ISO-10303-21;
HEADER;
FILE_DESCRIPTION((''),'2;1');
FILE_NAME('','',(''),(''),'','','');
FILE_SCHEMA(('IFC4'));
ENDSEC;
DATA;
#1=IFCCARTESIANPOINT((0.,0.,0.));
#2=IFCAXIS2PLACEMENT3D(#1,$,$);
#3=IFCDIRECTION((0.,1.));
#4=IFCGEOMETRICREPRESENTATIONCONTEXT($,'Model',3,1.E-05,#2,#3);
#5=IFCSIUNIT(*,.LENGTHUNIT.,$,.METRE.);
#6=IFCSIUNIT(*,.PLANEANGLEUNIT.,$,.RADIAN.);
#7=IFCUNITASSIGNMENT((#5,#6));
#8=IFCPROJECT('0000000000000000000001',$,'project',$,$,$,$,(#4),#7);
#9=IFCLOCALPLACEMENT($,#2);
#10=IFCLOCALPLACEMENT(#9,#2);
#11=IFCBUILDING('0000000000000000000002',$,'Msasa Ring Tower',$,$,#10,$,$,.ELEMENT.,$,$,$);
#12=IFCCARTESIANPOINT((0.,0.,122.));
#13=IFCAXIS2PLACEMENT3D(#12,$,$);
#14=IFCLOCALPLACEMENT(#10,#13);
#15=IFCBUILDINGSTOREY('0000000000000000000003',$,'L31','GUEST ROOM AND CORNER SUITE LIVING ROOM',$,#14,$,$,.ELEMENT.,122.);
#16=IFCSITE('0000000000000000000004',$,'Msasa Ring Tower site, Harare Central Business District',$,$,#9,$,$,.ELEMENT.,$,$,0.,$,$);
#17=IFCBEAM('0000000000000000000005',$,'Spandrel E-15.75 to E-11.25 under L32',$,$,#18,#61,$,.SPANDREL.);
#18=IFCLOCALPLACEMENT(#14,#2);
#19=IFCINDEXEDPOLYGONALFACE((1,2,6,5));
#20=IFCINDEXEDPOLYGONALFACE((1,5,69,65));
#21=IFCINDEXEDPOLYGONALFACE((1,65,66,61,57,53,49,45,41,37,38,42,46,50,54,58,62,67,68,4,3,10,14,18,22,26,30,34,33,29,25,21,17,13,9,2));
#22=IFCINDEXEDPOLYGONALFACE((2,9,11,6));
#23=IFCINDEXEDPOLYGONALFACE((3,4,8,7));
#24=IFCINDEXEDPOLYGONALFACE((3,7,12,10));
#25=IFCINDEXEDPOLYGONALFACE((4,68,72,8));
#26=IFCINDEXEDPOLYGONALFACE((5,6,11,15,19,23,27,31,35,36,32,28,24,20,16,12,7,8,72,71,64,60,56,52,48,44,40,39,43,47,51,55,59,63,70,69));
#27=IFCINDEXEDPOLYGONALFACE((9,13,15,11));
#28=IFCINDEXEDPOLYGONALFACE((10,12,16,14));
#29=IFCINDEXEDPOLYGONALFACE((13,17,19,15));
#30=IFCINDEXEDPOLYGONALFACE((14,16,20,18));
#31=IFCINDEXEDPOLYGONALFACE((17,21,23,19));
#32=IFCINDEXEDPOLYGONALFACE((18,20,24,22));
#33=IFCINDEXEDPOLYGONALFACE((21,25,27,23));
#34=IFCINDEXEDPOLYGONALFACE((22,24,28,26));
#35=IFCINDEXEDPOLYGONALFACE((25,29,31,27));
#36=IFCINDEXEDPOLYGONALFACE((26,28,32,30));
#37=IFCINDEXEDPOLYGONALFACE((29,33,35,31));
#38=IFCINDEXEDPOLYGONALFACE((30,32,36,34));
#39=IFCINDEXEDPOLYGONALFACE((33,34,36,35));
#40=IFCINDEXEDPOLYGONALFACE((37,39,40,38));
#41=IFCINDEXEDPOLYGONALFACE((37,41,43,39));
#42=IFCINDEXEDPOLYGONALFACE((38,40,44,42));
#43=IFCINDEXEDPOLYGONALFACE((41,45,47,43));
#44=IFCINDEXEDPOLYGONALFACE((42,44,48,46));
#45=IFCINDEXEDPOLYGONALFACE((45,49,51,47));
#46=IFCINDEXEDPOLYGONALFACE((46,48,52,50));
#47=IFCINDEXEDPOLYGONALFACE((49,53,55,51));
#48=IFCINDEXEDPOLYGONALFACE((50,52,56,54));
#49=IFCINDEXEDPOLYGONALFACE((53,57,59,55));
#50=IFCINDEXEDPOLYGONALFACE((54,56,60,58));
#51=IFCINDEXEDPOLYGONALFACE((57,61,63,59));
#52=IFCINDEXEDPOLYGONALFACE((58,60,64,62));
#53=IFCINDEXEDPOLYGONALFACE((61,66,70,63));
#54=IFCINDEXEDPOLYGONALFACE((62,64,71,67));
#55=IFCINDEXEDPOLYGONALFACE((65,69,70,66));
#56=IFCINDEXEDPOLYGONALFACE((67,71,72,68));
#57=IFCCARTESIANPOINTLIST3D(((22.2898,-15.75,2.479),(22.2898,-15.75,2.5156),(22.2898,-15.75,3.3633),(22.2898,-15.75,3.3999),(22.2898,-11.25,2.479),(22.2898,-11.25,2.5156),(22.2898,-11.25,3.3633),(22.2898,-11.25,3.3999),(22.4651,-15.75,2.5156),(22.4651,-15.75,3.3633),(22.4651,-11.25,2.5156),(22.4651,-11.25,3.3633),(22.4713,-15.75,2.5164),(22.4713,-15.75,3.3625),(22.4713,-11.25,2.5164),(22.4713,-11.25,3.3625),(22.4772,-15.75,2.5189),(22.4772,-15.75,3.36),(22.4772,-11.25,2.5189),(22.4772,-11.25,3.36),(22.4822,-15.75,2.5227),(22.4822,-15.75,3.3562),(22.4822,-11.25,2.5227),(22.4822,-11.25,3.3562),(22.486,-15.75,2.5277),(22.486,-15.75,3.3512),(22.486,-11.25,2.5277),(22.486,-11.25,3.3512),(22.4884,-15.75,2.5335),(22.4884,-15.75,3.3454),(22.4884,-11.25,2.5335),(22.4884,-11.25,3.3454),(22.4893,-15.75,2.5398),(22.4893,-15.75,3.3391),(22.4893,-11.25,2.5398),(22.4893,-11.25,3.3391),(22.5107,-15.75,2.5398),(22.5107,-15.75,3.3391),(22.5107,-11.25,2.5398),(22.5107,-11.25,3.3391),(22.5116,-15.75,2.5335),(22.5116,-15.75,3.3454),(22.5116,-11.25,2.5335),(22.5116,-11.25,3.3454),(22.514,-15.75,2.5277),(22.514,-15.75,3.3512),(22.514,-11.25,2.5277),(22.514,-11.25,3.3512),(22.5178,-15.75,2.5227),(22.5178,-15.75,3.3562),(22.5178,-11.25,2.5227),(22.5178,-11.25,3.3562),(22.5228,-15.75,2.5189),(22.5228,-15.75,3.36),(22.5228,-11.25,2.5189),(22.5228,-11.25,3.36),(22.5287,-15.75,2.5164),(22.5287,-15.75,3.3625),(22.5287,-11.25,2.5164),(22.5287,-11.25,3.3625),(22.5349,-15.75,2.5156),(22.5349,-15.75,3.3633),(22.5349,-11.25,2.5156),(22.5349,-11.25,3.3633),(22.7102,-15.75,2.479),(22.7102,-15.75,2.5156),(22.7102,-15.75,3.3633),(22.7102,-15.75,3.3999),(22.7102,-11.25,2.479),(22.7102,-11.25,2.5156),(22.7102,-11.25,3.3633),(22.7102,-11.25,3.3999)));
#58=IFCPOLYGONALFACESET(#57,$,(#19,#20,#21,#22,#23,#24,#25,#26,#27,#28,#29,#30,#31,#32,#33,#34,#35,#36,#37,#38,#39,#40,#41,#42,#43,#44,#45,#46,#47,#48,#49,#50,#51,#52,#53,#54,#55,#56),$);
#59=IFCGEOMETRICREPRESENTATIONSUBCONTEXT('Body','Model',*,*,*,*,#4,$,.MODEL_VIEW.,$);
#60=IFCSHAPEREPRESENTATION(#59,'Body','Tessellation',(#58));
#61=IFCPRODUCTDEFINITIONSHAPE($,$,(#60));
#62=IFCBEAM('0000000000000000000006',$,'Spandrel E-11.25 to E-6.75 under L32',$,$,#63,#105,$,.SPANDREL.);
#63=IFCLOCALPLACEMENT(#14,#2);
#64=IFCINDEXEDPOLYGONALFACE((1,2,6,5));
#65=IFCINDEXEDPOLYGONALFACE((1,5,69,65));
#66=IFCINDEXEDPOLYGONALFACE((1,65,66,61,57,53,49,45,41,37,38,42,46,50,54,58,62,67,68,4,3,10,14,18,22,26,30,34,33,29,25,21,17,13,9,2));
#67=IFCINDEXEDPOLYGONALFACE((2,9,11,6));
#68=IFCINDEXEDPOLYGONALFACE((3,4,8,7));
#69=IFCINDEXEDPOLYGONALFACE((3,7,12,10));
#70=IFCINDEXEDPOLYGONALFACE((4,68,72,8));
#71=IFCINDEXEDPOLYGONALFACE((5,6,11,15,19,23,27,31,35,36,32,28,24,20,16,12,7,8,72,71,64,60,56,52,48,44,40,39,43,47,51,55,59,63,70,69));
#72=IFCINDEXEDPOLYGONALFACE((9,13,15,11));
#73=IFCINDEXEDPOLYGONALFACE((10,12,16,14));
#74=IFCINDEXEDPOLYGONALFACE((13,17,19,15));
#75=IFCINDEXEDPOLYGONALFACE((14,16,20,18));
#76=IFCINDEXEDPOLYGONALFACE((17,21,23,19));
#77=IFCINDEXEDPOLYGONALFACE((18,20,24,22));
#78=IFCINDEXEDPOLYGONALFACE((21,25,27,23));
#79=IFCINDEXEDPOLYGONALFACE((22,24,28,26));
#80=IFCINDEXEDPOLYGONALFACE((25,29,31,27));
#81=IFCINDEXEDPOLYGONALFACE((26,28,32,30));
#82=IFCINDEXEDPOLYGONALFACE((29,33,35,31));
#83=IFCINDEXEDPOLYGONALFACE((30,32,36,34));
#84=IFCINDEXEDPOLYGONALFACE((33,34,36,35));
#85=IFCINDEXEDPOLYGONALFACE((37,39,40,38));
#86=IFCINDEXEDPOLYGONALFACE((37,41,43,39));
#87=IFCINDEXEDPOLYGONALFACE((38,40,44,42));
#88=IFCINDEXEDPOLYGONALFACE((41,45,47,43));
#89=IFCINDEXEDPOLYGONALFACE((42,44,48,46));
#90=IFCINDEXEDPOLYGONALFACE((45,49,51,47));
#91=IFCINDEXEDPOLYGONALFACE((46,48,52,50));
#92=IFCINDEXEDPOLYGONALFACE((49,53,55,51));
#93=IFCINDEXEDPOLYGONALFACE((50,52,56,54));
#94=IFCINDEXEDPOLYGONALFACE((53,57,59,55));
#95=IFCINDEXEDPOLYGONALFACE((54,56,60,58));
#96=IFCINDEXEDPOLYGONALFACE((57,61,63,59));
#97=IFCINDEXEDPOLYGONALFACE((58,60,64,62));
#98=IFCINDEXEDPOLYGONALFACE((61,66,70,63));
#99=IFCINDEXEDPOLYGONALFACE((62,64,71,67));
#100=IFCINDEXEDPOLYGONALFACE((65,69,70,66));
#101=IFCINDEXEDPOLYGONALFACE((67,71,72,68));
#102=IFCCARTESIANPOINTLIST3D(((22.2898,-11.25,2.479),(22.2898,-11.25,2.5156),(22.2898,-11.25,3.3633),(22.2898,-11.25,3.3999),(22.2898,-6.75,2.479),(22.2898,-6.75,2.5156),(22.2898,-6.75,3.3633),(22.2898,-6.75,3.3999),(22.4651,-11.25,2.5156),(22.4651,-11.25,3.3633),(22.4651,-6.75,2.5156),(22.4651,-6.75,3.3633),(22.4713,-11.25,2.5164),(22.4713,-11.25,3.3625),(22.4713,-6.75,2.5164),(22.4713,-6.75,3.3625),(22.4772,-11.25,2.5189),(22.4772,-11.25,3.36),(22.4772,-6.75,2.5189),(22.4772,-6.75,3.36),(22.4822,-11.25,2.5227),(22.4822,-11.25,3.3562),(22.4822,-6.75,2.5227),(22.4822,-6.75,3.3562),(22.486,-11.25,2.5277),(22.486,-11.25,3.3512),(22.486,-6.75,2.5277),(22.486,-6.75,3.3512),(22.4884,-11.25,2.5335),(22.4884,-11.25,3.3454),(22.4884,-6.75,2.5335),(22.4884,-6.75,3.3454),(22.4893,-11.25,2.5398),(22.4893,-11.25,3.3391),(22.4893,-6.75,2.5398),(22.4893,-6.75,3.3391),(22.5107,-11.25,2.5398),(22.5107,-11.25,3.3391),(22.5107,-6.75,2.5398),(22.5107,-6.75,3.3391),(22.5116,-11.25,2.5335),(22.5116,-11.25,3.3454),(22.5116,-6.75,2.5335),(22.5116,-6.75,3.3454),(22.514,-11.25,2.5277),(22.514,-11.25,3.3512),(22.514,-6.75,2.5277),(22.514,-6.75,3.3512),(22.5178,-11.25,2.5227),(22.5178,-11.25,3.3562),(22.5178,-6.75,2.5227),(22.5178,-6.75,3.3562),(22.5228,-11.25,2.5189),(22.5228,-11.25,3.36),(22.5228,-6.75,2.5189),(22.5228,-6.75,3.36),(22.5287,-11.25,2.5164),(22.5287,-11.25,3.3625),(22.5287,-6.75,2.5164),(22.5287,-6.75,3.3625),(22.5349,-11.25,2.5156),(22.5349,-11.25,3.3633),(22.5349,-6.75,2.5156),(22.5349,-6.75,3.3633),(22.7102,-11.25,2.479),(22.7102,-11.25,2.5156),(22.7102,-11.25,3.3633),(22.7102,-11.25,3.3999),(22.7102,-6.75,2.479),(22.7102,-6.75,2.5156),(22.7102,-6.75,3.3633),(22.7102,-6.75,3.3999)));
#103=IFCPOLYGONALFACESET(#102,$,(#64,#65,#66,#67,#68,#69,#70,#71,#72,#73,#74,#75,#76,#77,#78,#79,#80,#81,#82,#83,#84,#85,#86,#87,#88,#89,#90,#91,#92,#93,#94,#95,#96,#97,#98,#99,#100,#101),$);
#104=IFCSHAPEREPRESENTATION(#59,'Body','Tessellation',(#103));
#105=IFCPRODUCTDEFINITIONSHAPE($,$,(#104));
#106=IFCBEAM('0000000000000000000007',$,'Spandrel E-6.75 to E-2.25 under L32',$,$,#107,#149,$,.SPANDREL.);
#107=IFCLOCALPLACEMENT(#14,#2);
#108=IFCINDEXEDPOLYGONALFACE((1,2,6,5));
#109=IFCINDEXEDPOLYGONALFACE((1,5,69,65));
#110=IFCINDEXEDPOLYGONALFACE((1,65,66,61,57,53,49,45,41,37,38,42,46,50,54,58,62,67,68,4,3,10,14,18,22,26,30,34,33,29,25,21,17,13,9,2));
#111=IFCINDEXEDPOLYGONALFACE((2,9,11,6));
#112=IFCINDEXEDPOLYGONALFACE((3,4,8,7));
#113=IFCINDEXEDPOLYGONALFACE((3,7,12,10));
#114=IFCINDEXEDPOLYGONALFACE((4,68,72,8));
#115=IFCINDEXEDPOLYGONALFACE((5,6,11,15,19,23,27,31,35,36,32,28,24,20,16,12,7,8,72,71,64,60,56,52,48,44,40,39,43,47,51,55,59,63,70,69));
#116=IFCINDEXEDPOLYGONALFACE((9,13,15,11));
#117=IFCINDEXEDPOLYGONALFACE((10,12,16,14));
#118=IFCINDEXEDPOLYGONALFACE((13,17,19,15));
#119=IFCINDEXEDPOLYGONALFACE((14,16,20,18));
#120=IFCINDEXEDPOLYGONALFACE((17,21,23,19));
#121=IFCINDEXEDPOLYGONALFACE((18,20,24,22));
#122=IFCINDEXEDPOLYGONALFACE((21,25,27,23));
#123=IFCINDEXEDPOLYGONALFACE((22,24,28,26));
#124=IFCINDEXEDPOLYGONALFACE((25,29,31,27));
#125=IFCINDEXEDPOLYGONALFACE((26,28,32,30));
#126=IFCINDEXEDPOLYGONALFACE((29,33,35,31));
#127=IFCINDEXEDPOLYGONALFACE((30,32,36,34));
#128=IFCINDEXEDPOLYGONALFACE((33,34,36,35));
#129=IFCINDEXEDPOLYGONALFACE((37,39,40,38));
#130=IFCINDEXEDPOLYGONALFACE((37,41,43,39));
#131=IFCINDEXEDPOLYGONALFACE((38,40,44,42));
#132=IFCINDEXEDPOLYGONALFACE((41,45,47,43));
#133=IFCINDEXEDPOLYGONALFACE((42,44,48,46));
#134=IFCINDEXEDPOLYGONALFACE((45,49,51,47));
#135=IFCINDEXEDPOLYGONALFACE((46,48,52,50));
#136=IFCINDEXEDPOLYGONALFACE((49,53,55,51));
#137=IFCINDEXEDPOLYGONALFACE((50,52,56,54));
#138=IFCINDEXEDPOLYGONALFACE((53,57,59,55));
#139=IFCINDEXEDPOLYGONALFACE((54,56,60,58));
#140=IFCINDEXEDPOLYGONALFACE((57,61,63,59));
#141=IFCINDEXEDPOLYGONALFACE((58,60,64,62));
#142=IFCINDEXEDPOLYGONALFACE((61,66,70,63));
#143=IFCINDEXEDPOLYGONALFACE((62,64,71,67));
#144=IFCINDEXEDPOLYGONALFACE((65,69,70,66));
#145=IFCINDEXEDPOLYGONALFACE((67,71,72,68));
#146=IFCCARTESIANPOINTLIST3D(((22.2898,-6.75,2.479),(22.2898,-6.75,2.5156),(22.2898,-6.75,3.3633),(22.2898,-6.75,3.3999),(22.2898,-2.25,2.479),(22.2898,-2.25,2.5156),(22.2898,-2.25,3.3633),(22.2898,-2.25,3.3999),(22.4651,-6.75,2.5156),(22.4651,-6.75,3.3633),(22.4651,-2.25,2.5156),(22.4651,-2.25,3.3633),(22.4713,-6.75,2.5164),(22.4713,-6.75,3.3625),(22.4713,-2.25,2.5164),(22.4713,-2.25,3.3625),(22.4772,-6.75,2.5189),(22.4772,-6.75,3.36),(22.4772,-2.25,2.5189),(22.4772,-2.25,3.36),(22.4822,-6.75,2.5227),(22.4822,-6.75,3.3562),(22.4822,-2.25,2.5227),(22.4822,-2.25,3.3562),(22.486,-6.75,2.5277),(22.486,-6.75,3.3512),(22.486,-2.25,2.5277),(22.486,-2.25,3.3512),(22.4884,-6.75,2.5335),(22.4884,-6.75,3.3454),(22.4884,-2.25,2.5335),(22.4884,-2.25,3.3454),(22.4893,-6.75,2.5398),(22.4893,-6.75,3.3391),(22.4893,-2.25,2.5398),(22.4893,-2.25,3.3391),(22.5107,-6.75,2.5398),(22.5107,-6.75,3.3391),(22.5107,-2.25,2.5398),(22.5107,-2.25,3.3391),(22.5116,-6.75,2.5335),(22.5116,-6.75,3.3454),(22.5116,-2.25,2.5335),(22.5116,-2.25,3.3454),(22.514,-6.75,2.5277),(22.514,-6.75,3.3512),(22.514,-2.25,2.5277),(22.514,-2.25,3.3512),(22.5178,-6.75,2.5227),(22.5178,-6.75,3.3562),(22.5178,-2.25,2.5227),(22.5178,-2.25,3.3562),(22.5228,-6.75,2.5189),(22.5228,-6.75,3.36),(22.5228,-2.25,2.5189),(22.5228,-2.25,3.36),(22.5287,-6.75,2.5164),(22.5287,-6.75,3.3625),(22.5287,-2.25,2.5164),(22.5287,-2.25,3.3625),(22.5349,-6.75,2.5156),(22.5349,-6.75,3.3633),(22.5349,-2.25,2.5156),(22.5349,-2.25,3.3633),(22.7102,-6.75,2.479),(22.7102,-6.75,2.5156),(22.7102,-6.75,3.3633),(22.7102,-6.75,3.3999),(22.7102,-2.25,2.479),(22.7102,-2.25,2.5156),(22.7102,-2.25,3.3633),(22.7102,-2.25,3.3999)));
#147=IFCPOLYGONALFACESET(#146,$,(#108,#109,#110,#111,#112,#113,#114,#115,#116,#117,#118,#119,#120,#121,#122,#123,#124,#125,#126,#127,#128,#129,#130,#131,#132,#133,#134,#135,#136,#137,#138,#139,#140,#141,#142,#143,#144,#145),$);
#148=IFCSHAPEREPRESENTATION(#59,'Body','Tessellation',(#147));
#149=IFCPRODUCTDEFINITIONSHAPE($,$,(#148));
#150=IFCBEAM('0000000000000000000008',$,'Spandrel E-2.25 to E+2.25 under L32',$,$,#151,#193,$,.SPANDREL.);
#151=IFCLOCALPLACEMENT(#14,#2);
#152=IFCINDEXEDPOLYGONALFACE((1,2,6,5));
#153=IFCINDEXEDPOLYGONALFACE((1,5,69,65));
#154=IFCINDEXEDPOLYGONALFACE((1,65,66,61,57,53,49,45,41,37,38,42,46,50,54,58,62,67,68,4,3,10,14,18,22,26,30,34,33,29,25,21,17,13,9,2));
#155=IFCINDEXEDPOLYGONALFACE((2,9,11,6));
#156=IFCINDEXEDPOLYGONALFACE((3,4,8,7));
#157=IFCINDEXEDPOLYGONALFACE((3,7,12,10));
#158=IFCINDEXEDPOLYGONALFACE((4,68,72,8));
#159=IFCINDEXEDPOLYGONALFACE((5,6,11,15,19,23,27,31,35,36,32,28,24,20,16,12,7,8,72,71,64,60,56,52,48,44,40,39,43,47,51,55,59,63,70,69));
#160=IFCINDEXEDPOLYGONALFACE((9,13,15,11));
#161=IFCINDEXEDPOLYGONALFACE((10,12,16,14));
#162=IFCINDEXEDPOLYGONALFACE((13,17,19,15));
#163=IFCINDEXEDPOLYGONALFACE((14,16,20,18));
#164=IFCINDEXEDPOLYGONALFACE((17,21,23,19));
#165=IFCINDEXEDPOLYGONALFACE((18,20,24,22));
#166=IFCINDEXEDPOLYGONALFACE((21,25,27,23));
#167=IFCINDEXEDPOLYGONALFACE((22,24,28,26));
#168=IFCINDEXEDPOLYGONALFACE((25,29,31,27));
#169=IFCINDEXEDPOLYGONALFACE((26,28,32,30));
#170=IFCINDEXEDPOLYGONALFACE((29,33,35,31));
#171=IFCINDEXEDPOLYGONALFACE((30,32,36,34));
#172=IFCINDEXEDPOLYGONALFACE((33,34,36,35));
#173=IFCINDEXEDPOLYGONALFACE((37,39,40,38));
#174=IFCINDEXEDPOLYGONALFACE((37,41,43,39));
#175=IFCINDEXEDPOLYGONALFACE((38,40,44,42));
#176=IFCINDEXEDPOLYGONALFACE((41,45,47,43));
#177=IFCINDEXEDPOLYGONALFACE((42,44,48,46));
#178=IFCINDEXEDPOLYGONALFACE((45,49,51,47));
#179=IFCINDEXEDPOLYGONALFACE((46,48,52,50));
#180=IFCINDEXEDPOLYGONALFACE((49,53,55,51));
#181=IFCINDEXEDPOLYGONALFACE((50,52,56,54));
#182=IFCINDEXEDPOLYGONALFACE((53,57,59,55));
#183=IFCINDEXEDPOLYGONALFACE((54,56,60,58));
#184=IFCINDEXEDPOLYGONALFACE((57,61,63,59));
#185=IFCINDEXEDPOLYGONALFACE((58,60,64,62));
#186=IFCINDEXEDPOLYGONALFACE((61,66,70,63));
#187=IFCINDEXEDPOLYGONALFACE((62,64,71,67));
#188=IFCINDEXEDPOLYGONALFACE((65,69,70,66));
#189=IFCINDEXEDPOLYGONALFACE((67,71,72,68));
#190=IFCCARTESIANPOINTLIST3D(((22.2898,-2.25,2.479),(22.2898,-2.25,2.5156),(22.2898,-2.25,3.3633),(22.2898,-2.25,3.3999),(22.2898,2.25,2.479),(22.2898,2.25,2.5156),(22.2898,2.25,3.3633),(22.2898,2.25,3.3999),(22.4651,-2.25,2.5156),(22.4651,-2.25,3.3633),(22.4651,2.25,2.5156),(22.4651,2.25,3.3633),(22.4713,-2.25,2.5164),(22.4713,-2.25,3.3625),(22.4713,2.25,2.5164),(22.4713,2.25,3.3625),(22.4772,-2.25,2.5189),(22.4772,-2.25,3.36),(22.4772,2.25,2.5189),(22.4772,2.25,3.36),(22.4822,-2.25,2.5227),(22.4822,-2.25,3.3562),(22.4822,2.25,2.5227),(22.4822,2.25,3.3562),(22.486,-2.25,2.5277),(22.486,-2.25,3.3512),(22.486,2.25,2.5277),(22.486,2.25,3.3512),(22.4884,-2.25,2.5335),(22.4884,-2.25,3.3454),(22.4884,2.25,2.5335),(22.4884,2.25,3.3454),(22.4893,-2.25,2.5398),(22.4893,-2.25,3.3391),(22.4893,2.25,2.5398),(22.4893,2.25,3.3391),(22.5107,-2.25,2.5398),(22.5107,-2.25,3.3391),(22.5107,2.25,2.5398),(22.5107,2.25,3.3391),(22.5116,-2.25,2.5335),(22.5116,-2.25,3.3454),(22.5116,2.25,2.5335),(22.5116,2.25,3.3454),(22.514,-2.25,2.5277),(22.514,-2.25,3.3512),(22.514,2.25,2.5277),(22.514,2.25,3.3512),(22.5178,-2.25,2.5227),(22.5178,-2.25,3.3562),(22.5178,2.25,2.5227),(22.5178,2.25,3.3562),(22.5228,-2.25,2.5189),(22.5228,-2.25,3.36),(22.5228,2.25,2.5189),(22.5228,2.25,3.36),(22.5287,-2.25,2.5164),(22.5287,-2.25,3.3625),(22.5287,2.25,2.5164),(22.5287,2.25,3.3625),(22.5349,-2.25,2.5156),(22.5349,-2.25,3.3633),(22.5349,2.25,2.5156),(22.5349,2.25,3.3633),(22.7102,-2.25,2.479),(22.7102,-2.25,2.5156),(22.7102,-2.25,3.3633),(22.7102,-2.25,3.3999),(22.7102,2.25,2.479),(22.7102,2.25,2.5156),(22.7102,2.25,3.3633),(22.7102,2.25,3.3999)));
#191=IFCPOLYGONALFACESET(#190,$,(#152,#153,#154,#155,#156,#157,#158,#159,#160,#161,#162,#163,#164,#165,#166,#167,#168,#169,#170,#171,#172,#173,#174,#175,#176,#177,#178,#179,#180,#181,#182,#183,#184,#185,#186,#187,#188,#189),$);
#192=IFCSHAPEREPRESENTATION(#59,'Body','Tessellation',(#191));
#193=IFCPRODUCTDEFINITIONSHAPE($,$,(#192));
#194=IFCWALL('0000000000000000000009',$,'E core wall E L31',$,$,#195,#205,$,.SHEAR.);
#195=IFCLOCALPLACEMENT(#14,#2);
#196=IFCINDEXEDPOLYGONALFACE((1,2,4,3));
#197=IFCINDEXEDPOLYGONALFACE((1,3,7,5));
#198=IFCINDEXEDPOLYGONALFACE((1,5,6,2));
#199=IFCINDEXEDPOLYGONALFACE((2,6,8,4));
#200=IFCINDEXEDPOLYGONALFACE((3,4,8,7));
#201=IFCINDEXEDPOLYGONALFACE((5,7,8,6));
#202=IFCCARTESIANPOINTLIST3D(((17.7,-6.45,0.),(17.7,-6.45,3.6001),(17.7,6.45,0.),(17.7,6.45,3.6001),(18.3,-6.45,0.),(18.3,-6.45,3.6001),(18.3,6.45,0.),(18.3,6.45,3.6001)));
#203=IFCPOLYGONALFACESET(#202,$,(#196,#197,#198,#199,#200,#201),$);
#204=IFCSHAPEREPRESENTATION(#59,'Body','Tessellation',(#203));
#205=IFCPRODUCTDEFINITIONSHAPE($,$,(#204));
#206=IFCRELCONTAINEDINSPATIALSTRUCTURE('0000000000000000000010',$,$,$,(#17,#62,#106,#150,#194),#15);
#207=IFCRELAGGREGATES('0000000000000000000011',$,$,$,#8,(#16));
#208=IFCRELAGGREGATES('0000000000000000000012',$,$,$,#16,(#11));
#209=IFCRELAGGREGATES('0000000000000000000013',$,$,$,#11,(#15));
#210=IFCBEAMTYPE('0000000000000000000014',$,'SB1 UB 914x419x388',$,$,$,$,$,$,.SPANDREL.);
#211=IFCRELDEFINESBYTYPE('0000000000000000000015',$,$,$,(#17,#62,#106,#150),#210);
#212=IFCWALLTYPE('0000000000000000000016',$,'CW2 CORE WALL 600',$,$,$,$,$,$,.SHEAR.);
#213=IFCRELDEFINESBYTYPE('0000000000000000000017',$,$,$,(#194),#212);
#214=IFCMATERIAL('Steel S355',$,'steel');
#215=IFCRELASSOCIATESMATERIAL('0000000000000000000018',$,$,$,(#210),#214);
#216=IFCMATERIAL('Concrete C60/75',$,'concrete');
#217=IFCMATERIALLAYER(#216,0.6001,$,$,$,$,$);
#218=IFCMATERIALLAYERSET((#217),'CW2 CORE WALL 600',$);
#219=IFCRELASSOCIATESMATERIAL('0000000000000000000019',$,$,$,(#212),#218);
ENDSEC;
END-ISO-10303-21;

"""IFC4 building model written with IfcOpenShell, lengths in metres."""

from ifc_helpers import new_model, si_unit, direction, frame, frame_2d, origin, origin_2d, place, context, subcontext, project, spatial, rectangle, i_section, extrude, material, layer, layer_set, material_profile, profile_set, type_object, element, save


model = new_model("IFC4")

# Units and contexts
model_context = context("Model", 3, precision=1e-05, world=origin(), true_north=direction((0.0, 1.0)))
body_context = subcontext(model_context, "Body", "Model", "MODEL_VIEW")
ifc_project = project(units=[si_unit("LENGTHUNIT", "METRE"), si_unit("PLANEANGLEUNIT", "RADIAN")], contexts=[model_context])

# Site, building, storey
site_placement = place(None, origin())
site = spatial("IfcSite", under=ifc_project, at=site_placement, Name="Msasa Ring Tower site, Harare Central Business District", CompositionType="ELEMENT", RefElevation=0.0)
building_placement = place(site_placement, origin())
building = spatial("IfcBuilding", under=site, at=building_placement, Name="Msasa Ring Tower", CompositionType="ELEMENT")
storey_placement = place(building_placement, frame((0.0, 0.0, 122.0)))
storey = spatial("IfcBuildingStorey", under=building, at=storey_placement, Name="L31", Description="GUEST ROOM AND CORNER SUITE LIVING ROOM", CompositionType="ELEMENT", Elevation=122.0)

# Beams
ifc_material_1 = material(Name="Steel S355", Category="steel")
ifc_material_profile_1 = material_profile(ifc_material_1, i_section(OverallWidth=0.4204, OverallDepth=0.9209, WebThickness=0.0215, FlangeThickness=0.0366, FilletRadius=0.0242, at=origin_2d()), Name="UB 914x419x388")
ifc_profile_set_1 = profile_set([ifc_material_profile_1], Name="Steel S355")
beam_type_1 = type_object("IfcBeamType", Name="SB1 UB 914x419x388", PredefinedType="SPANDREL", material=ifc_profile_set_1)
for number, where, z_axis, x_axis, name in (
    (1, (22.5, -15.75, 2.9395), (0.0, 1.0, 0.0), (-1.0, 0.0, 0.0), "Spandrel E-15.75 to E-11.25 under L32"),
    (2, (22.5, -11.25, 2.9395), (0.0, 1.0, 0.0), (-1.0, 0.0, 0.0), "Spandrel E-11.25 to E-6.75 under L32"),
    (3, (22.5, -6.75, 2.9395), (0.0, 1.0, 0.0), (-1.0, 0.0, 0.0), "Spandrel E-6.75 to E-2.25 under L32"),
    (4, (22.5, -2.25, 2.9395), (0.0, 1.0, 0.0), (-1.0, 0.0, 0.0), "Spandrel E-2.25 to E+2.25 under L32"),
):
    element("IfcBeam", number, at=place(storey_placement, frame(where, z_axis=z_axis, x_axis=x_axis)), inside=storey, type_object=beam_type_1, Name=name, PredefinedType="SPANDREL", context=body_context, shape_type="SweptSolid", body=[
        extrude(i_section(OverallWidth=0.4204, OverallDepth=0.9209, WebThickness=0.0215, FlangeThickness=0.0366, FilletRadius=0.0242, at=origin_2d()), origin(), (0.0, 0.0, 1.0), 4.5),
    ])

# Wall
ifc_material_2 = material(Name="Concrete C60/75", Category="concrete")
ifc_layer_1 = layer(ifc_material_2, 0.6001)
ifc_layer_set_1 = layer_set([ifc_layer_1], Name="CW2 CORE WALL 600")
wall_type_1 = type_object("IfcWallType", Name="CW2 CORE WALL 600", PredefinedType="SHEAR", material=ifc_layer_set_1)
wall_1_placement = place(storey_placement, frame((18.0, -6.45, 0.0), z_axis=(0.0, 0.0, 1.0), x_axis=(0.0, 1.0, 0.0)))
element("IfcWall", 5, at=wall_1_placement, inside=storey, type_object=wall_type_1, Name="E core wall E L31", PredefinedType="SHEAR", context=body_context, shape_type="SweptSolid", body=[
    extrude(rectangle(XDim=12.8999, YDim=0.6001, at=frame_2d((6.45, 0.0))), origin(), (0.0, 0.0, 1.0), 3.6001),
])

save(model, "model.ifc")
